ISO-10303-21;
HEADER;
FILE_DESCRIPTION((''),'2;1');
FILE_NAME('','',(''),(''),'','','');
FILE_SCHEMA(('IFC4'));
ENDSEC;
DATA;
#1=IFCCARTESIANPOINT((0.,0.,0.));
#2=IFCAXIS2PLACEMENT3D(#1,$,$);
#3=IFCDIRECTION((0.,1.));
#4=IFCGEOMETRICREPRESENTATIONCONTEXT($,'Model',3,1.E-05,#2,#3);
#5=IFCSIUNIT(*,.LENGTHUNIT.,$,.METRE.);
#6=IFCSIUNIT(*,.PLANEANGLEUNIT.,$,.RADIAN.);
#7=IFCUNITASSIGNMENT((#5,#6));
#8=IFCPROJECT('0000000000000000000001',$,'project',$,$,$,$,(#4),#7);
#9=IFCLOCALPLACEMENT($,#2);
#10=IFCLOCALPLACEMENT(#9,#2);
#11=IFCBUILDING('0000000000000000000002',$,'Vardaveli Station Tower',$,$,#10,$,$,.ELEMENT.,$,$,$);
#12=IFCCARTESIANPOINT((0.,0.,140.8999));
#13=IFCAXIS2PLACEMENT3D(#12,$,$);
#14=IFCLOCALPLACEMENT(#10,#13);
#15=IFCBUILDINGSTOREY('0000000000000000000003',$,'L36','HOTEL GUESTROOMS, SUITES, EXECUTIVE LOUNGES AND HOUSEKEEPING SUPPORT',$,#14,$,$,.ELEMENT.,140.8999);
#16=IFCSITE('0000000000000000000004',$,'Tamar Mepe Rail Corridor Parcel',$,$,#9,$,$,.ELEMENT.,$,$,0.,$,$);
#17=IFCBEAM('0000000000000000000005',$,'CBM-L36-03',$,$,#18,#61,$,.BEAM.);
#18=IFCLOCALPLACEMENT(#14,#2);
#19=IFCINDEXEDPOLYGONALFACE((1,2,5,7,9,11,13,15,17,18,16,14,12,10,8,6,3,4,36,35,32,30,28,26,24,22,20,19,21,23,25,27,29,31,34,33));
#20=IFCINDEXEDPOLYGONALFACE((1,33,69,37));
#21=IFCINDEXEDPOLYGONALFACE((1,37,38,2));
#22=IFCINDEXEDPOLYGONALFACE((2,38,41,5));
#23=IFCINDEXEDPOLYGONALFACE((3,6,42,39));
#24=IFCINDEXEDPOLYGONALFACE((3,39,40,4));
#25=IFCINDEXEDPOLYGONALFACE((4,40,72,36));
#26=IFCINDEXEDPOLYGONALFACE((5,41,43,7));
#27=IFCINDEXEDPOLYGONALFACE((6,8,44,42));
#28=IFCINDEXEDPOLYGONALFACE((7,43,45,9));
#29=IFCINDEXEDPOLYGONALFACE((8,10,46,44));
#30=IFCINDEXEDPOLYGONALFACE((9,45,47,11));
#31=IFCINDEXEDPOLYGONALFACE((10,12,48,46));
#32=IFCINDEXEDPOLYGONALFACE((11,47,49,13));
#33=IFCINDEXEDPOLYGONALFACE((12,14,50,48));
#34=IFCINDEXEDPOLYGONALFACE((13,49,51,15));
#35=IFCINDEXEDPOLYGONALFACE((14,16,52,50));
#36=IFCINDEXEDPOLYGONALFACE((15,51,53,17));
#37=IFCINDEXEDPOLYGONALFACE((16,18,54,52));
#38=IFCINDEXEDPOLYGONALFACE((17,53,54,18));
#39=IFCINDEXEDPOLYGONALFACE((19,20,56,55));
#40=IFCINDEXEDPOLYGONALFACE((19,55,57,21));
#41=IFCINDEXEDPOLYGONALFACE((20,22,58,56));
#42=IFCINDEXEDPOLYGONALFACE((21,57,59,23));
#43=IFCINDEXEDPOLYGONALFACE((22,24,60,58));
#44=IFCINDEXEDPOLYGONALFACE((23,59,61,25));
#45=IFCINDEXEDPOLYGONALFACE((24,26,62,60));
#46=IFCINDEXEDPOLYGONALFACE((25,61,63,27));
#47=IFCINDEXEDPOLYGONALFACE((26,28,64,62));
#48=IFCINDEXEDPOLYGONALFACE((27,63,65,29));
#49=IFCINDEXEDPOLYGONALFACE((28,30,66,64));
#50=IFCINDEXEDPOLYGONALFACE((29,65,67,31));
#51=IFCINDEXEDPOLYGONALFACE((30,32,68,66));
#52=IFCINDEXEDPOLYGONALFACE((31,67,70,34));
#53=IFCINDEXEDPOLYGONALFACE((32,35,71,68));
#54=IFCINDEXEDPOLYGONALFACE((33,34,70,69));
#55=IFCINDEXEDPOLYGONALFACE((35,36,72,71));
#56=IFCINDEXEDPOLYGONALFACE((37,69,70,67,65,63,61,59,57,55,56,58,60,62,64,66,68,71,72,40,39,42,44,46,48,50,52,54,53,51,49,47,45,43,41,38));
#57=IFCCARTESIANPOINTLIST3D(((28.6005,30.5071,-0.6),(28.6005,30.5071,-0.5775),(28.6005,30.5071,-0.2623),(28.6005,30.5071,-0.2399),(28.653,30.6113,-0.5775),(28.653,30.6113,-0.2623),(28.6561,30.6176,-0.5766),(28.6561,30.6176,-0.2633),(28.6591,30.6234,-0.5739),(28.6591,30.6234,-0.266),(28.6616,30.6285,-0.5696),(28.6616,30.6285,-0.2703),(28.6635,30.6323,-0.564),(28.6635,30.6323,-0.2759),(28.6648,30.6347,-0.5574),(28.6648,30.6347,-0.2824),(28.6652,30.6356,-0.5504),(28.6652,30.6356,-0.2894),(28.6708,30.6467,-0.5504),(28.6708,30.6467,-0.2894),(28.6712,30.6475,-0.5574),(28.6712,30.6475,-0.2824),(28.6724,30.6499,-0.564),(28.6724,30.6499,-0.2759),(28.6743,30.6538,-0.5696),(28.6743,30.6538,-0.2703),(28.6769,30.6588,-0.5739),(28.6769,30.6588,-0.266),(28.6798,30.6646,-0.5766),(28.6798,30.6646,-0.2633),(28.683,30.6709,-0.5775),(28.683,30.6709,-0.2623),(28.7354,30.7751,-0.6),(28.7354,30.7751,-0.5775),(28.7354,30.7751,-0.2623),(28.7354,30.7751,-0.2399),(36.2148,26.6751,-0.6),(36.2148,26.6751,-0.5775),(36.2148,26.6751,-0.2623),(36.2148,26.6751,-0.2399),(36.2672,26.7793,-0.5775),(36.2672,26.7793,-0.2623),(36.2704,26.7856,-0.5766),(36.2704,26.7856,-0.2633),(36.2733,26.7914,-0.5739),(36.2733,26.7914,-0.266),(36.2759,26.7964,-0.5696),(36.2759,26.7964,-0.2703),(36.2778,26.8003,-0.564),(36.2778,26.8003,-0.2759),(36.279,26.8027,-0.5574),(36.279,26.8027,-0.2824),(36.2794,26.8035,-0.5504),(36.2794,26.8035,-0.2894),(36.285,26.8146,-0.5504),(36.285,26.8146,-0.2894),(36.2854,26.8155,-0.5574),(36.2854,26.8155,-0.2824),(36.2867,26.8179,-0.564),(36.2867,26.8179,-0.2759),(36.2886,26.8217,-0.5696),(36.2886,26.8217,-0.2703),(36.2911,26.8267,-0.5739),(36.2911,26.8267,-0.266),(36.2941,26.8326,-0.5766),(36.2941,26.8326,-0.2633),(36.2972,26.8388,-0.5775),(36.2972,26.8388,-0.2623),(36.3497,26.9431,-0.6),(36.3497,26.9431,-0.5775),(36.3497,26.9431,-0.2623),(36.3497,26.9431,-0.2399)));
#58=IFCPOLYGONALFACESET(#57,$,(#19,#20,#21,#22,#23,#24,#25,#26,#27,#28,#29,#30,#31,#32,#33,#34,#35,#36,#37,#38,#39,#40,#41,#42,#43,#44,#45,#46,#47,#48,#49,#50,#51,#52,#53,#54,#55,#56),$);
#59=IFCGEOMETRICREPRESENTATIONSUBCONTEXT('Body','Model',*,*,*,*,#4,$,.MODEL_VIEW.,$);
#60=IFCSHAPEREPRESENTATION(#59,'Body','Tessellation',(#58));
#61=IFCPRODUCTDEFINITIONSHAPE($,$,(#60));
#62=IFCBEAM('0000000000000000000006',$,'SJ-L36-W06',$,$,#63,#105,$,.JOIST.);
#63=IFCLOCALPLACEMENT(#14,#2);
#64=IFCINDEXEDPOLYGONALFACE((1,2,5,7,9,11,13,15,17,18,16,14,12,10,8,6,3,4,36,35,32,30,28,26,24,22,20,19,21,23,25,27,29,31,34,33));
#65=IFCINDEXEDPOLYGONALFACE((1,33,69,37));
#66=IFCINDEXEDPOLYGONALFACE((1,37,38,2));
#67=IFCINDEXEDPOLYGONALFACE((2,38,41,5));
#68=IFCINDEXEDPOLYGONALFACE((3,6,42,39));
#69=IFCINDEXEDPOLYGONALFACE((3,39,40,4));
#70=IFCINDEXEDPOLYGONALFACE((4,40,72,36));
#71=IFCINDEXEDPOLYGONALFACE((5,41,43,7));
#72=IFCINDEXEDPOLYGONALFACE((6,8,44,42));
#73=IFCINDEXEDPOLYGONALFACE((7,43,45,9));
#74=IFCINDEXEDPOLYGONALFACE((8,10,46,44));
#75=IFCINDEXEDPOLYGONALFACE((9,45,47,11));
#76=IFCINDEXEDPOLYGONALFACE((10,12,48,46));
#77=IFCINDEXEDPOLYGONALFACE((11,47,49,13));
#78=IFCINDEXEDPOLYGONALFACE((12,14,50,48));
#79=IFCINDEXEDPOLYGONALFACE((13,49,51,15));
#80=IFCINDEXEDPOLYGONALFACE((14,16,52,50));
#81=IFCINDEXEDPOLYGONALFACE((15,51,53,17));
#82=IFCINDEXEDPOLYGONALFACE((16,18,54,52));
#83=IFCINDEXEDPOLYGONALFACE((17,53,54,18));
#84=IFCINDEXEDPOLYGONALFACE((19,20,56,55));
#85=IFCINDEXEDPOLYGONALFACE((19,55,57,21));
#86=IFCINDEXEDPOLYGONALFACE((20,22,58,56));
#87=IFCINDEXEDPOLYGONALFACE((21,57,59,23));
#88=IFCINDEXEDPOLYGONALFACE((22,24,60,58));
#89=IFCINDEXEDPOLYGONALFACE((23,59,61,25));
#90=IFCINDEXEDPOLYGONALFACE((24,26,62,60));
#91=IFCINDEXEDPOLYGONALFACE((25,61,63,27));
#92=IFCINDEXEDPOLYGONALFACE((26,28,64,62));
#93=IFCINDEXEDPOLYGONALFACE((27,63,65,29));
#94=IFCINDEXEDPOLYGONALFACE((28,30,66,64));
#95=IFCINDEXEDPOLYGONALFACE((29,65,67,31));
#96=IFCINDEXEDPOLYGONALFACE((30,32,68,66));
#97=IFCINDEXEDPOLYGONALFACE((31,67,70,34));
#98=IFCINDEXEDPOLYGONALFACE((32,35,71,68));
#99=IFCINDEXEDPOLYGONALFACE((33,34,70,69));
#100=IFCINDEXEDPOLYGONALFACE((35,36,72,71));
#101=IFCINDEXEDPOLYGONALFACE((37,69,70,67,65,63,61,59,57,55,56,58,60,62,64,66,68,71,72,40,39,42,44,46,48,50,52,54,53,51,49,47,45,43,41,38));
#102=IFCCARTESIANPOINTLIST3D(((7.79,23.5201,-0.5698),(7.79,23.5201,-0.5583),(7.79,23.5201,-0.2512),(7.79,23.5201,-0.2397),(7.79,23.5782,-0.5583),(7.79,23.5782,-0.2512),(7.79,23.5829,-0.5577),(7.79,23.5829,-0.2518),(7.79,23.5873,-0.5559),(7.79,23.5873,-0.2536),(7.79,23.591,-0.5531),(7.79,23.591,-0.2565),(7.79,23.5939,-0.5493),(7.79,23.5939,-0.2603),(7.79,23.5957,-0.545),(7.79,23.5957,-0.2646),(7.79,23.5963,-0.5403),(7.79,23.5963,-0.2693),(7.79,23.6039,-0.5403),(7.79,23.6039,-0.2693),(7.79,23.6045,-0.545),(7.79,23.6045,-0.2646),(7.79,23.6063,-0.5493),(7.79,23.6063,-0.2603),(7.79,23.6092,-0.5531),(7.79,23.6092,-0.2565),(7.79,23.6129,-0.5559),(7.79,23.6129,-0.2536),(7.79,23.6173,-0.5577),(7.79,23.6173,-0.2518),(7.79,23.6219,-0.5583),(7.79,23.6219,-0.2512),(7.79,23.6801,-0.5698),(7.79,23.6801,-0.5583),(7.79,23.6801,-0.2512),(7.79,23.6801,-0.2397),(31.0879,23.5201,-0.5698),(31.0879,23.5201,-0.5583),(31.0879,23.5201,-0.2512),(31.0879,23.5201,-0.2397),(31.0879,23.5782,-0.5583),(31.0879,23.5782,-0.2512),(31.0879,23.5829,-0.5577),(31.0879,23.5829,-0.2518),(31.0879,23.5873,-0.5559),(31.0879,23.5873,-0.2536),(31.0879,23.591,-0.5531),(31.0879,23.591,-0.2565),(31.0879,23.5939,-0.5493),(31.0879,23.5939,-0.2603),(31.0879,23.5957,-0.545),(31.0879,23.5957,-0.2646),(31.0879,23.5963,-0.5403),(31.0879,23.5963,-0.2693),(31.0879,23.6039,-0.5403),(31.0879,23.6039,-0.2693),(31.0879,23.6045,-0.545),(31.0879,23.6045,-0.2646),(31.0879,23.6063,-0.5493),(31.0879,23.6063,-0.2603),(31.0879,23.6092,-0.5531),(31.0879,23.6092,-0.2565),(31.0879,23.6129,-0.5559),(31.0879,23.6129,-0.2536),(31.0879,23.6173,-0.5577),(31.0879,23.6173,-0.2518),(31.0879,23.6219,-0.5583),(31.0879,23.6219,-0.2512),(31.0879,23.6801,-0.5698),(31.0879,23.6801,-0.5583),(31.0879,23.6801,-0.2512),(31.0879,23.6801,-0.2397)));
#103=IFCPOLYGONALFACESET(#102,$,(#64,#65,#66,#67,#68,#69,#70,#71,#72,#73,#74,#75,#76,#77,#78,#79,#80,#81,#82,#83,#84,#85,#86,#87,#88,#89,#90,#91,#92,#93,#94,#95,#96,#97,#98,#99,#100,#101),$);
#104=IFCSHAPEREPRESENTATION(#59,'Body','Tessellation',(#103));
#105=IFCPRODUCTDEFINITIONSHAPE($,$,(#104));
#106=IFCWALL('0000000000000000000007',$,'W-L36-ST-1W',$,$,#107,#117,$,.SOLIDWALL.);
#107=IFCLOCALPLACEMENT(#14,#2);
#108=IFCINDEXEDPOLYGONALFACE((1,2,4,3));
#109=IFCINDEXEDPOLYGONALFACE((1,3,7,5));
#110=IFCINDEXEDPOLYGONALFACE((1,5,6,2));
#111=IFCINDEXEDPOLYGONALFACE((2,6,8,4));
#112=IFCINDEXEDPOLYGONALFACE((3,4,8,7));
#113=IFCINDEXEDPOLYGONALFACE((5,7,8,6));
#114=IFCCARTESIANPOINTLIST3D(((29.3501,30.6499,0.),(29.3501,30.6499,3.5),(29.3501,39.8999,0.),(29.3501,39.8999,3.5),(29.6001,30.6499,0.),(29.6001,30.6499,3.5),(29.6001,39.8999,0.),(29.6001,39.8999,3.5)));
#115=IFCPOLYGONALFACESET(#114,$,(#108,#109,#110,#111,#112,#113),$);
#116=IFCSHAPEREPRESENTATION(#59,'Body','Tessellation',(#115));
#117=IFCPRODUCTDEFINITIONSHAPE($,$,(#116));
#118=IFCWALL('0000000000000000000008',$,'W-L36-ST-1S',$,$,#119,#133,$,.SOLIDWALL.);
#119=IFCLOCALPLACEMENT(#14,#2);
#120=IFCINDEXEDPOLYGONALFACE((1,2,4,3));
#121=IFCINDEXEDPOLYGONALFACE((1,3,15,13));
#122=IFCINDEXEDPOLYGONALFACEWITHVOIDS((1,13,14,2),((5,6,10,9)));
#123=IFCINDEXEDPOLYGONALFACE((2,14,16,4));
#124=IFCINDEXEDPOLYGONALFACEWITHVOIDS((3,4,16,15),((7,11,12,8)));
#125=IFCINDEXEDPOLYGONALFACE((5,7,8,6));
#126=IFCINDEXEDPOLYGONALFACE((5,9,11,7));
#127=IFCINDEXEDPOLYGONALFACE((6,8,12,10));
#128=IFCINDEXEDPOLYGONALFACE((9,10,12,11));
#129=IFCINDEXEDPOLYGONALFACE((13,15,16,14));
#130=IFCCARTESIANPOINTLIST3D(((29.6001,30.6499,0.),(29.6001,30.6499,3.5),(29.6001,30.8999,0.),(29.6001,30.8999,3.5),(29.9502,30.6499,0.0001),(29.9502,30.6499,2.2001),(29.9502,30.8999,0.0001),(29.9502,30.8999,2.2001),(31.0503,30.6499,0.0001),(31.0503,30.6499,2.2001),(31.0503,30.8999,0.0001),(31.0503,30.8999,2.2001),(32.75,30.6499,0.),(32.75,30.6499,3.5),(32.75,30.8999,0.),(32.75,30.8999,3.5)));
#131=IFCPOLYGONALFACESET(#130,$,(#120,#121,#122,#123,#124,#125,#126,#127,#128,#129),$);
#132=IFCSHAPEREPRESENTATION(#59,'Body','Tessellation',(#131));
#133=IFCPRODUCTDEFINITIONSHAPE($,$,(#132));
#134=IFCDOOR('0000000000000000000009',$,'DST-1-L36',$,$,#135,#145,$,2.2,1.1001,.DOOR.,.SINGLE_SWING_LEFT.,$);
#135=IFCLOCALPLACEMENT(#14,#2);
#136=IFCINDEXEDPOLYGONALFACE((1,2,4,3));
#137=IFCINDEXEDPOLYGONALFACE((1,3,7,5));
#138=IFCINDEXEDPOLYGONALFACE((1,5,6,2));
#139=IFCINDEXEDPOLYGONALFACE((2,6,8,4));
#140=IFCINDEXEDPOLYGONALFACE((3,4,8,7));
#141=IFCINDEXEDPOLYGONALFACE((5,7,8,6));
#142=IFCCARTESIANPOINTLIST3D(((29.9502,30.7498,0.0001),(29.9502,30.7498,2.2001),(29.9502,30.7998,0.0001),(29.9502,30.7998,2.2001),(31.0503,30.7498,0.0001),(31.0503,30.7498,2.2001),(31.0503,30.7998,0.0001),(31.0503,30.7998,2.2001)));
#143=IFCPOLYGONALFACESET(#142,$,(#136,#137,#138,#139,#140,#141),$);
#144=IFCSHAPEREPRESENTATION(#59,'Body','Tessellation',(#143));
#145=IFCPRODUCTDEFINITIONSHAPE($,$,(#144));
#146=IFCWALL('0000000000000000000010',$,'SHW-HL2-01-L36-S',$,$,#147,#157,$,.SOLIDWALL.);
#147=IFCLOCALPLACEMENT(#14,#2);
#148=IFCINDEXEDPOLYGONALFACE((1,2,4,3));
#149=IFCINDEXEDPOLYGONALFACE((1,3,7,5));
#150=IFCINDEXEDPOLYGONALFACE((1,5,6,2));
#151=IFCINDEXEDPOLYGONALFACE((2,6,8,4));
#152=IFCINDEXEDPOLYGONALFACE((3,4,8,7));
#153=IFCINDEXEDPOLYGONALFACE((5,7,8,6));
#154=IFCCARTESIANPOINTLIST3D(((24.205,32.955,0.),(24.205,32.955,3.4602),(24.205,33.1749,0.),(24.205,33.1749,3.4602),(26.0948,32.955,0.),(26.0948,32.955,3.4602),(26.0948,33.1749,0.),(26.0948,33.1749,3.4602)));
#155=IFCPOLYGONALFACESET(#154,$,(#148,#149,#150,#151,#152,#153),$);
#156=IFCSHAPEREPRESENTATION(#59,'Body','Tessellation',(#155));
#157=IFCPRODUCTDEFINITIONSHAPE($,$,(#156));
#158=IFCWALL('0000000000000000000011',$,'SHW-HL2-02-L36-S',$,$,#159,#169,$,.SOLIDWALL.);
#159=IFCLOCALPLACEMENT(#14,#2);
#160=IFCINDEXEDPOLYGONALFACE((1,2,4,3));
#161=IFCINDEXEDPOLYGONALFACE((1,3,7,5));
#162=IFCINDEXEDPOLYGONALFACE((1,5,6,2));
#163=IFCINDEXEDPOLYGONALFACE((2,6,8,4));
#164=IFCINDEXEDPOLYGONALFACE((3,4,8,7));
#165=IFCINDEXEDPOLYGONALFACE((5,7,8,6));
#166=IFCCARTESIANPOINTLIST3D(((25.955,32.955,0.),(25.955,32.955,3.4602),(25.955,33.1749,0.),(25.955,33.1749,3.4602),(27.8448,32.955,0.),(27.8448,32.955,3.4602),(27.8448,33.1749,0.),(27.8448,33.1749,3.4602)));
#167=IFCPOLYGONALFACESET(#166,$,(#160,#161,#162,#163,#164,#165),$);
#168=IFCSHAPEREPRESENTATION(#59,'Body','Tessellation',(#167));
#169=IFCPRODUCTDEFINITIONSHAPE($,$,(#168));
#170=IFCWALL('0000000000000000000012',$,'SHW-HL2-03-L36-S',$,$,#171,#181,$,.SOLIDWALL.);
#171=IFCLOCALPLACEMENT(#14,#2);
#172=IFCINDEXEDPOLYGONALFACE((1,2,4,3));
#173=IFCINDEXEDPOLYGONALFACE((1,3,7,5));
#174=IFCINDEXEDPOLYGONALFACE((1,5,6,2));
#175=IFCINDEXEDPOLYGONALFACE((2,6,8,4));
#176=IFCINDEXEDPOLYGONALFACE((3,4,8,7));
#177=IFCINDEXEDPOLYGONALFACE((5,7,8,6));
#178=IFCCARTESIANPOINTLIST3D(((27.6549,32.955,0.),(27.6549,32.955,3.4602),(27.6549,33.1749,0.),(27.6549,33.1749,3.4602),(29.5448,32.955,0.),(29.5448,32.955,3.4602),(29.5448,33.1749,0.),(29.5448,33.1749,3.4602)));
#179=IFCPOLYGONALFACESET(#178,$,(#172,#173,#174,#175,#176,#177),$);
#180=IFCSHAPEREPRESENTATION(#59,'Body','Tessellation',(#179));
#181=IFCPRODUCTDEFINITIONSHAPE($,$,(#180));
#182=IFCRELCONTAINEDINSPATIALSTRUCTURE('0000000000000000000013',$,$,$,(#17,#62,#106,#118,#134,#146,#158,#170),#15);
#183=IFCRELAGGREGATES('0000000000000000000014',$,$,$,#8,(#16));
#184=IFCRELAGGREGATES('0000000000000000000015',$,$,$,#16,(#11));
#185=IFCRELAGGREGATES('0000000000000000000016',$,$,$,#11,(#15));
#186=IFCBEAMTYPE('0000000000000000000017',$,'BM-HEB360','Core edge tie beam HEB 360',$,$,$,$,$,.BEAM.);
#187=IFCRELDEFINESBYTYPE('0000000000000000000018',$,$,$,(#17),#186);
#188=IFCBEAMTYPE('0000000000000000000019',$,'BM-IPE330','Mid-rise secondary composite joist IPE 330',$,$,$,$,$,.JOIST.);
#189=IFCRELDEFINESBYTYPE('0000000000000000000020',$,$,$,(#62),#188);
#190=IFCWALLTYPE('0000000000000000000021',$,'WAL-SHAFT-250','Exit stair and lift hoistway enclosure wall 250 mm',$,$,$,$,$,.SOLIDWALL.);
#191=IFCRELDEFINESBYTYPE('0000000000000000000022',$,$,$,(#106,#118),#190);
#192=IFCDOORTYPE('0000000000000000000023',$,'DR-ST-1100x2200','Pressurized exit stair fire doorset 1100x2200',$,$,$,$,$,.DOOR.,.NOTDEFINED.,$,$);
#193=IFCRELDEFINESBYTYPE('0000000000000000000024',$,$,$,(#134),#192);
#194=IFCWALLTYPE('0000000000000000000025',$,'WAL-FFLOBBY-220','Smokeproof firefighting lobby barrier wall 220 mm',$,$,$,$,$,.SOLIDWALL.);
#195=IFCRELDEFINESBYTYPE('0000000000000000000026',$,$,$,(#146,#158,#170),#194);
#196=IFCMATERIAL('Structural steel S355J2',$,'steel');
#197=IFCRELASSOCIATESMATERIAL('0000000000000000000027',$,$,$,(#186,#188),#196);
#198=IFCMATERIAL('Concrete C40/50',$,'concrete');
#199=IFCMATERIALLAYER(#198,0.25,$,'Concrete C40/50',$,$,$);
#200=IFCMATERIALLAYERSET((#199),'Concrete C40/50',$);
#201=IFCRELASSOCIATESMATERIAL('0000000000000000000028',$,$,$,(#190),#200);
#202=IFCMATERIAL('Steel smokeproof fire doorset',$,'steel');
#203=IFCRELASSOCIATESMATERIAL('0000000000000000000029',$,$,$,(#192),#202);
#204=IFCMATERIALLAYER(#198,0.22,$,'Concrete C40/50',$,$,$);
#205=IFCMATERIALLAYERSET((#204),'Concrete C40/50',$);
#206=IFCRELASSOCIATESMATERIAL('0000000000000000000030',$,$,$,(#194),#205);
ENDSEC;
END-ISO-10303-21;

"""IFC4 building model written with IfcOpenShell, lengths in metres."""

from ifc_helpers import new_model, si_unit, direction, frame, frame_2d, origin, origin_2d, place, context, subcontext, project, spatial, rectangle, i_section, extrude, source, transform, mapped, material, layer, layer_set, material_profile, profile_set, type_object, element, fill, save


model = new_model("IFC4")

# Units and contexts
model_context = context("Model", 3, precision=1e-05, world=origin(), true_north=direction((0.0, 1.0)))
body_context = subcontext(model_context, "Body", "Model", "MODEL_VIEW")
ifc_project = project(units=[si_unit("LENGTHUNIT", "METRE"), si_unit("PLANEANGLEUNIT", "RADIAN")], contexts=[model_context])

# Site, building, storey
site_placement = place(None, origin())
site = spatial("IfcSite", under=ifc_project, at=site_placement, Name="Tamar Mepe Rail Corridor Parcel", CompositionType="ELEMENT", RefElevation=0.0)
building_placement = place(site_placement, origin())
building = spatial("IfcBuilding", under=site, at=building_placement, Name="Vardaveli Station Tower", CompositionType="ELEMENT")
storey_placement = place(building_placement, frame((0.0, 0.0, 140.8999)))
storey = spatial("IfcBuildingStorey", under=building, at=storey_placement, Name="L36", Description="HOTEL GUESTROOMS, SUITES, EXECUTIVE LOUNGES AND HOUSEKEEPING SUPPORT", CompositionType="ELEMENT", Elevation=140.8999)

# Beams
ifc_material_1 = material(Name="Structural steel S355J2", Category="steel")
ifc_material_profile_1 = material_profile(ifc_material_1, i_section(OverallWidth=0.3, OverallDepth=0.3601, WebThickness=0.0125, FlangeThickness=0.0225, FilletRadius=0.0271, at=origin_2d()), Name="HEB 360")
ifc_profile_set_1 = profile_set([ifc_material_profile_1], Name="Structural steel S355J2")
beam_type_1 = type_object("IfcBeamType", Name="BM-HEB360", Description="Core edge tie beam HEB 360", PredefinedType="BEAM", material=ifc_profile_set_1)
shared_shape_1 = source(origin(), body_context, "Body", "SweptSolid", [
    extrude(i_section(OverallWidth=0.3, OverallDepth=0.3601, WebThickness=0.0125, FlangeThickness=0.0225, FilletRadius=0.0271, at=origin_2d()), origin(), (0.0, 0.0, 1.0), 8.5242),
])
beam_1_placement = place(storey_placement, frame((28.668, 30.6411, -0.4199), z_axis=(0.893256, -0.449549, 0.0), x_axis=(0.449549, 0.893256, 0.0)))
element("IfcBeam", 1, at=beam_1_placement, inside=storey, type_object=beam_type_1, Name="CBM-L36-03", PredefinedType="BEAM", context=body_context, shape_type="MappedRepresentation", body=[
    mapped(shared_shape_1, transform((0.0, 0.0, 0.0), scale=1.0)),
])
ifc_material_profile_2 = material_profile(ifc_material_1, i_section(OverallWidth=0.1599, OverallDepth=0.3301, WebThickness=0.0076, FlangeThickness=0.0115, FilletRadius=0.0181, at=origin_2d()), Name="IPE 330")
ifc_profile_set_2 = profile_set([ifc_material_profile_2], Name="Structural steel S355J2")
beam_type_2 = type_object("IfcBeamType", Name="BM-IPE330", Description="Mid-rise secondary composite joist IPE 330", PredefinedType="JOIST", material=ifc_profile_set_2)
shared_shape_2 = source(origin(), body_context, "Body", "SweptSolid", [
    extrude(i_section(OverallWidth=0.1599, OverallDepth=0.3301, WebThickness=0.0076, FlangeThickness=0.0115, FilletRadius=0.0181, at=origin_2d()), origin(), (0.0, 0.0, 1.0), 23.2979),
])
beam_2_placement = place(storey_placement, frame((7.79, 23.6001, -0.4048), z_axis=(1.0, 0.0, 0.0), x_axis=(0.0, 1.0, 0.0)))
element("IfcBeam", 2, at=beam_2_placement, inside=storey, type_object=beam_type_2, Name="SJ-L36-W06", PredefinedType="JOIST", context=body_context, shape_type="MappedRepresentation", body=[
    mapped(shared_shape_2, transform((0.0, 0.0, 0.0), scale=1.0)),
])

# Wall
ifc_material_2 = material(Name="Concrete C40/50", Category="concrete")
ifc_layer_1 = layer(ifc_material_2, 0.25, Name="Concrete C40/50")
ifc_layer_set_1 = layer_set([ifc_layer_1], Name="Concrete C40/50")
wall_type_1 = type_object("IfcWallType", Name="WAL-SHAFT-250", Description="Exit stair and lift hoistway enclosure wall 250 mm", PredefinedType="SOLIDWALL", material=ifc_layer_set_1)
shared_shape_3 = source(origin(), body_context, "Body", "SweptSolid", [
    extrude(rectangle(XDim=9.25, YDim=0.25, at=frame_2d((4.625, 0.0))), origin(), (0.0, 0.0, 1.0), 3.5),
])
wall_1_placement = place(storey_placement, frame((29.4751, 30.6499, 0.0), z_axis=(0.0, 0.0, 1.0), x_axis=(0.0, 1.0, 0.0)))
element("IfcWall", 3, at=wall_1_placement, inside=storey, type_object=wall_type_1, Name="W-L36-ST-1W", PredefinedType="SOLIDWALL", context=body_context, shape_type="MappedRepresentation", body=[
    mapped(shared_shape_3, transform((0.0, 0.0, 0.0), scale=1.0)),
])

# Wall, opening, door
shared_shape_4 = source(origin(), body_context, "Body", "SweptSolid", [
    extrude(rectangle(XDim=3.1499, YDim=0.25, at=frame_2d((1.575, 0.0))), origin(), (0.0, 0.0, 1.0), 3.5),
])
wall_2_placement = place(storey_placement, frame((29.6001, 30.7749, 0.0), z_axis=(0.0, 0.0, 1.0), x_axis=(1.0, 0.0, 0.0)))
wall_2 = element("IfcWall", 4, at=wall_2_placement, inside=storey, type_object=wall_type_1, Name="W-L36-ST-1S", PredefinedType="SOLIDWALL", context=body_context, shape_type="MappedRepresentation", body=[
    mapped(shared_shape_4, transform((0.0, 0.0, 0.0), scale=1.0)),
])
shared_shape_5 = source(origin(), body_context, "Body", "SweptSolid", [
    extrude(rectangle(XDim=1.1001, YDim=2.2, at=frame_2d((0.55, 1.1001))), frame((0.0, 0.135, 0.0), z_axis=(0.0, -1.0, 0.0), x_axis=(1.0, 0.0, 0.0)), (0.0, 0.0, 1.0), 0.27),
])
opening_1_placement = place(wall_2_placement, frame((0.3501, 0.0, 0.0)))
opening_1 = element("IfcOpeningElement", 5, at=opening_1_placement, cuts=wall_2, PredefinedType="OPENING", context=body_context, shape_type="MappedRepresentation", body=[
    mapped(shared_shape_5, transform((0.0, 0.0, 0.0), scale=1.0)),
])
ifc_material_3 = material(Name="Steel smokeproof fire doorset", Category="steel")
door_type_1 = type_object("IfcDoorType", Name="DR-ST-1100x2200", Description="Pressurized exit stair fire doorset 1100x2200", OperationType="NOTDEFINED", PredefinedType="DOOR", material=ifc_material_3)
shared_shape_6 = source(origin(), body_context, "Body", "SweptSolid", [
    extrude(rectangle(XDim=1.1001, YDim=2.2, at=frame_2d((0.55, 1.1001))), frame((0.0, 0.0249, 0.0), z_axis=(0.0, -1.0, 0.0), x_axis=(1.0, 0.0, 0.0)), (0.0, 0.0, 1.0), 0.05),
])
door_1_placement = place(opening_1_placement, origin())
door_1 = element("IfcDoor", 6, at=door_1_placement, inside=storey, type_object=door_type_1, Name="DST-1-L36", OperationType="SINGLE_SWING_LEFT", OverallHeight=2.2, OverallWidth=1.1001, PredefinedType="DOOR", context=body_context, shape_type="MappedRepresentation", body=[
    mapped(shared_shape_6, transform((0.0, 0.0, 0.0), scale=1.0)),
])
fill(opening_1, door_1)

# Walls
ifc_layer_2 = layer(ifc_material_2, 0.22, Name="Concrete C40/50")
ifc_layer_set_2 = layer_set([ifc_layer_2], Name="Concrete C40/50")
wall_type_2 = type_object("IfcWallType", Name="WAL-FFLOBBY-220", Description="Smokeproof firefighting lobby barrier wall 220 mm", PredefinedType="SOLIDWALL", material=ifc_layer_set_2)
shared_shape_7 = source(origin(), body_context, "Body", "SweptSolid", [
    extrude(rectangle(XDim=1.8899, YDim=0.22, at=frame_2d((0.9448, 0.0))), origin(), (0.0, 0.0, 1.0), 3.4602),
])
for number, where, z_axis, x_axis, name in (
    (7, (24.2051, 33.0649, 0.0), (0.0, 0.0, 1.0), (1.0, 0.0, 0.0), "SHW-HL2-01-L36-S"),
    (8, (25.9551, 33.0649, 0.0), (0.0, 0.0, 1.0), (1.0, 0.0, 0.0), "SHW-HL2-02-L36-S"),
    (9, (27.655, 33.0649, 0.0), (0.0, 0.0, 1.0), (1.0, 0.0, 0.0), "SHW-HL2-03-L36-S"),
):
    element("IfcWall", number, at=place(storey_placement, frame(where, z_axis=z_axis, x_axis=x_axis)), inside=storey, type_object=wall_type_2, Name=name, PredefinedType="SOLIDWALL", context=body_context, shape_type="MappedRepresentation", body=[
        mapped(shared_shape_7, transform((0.0, 0.0, 0.0), scale=1.0)),
    ])

save(model, "model.ifc")
